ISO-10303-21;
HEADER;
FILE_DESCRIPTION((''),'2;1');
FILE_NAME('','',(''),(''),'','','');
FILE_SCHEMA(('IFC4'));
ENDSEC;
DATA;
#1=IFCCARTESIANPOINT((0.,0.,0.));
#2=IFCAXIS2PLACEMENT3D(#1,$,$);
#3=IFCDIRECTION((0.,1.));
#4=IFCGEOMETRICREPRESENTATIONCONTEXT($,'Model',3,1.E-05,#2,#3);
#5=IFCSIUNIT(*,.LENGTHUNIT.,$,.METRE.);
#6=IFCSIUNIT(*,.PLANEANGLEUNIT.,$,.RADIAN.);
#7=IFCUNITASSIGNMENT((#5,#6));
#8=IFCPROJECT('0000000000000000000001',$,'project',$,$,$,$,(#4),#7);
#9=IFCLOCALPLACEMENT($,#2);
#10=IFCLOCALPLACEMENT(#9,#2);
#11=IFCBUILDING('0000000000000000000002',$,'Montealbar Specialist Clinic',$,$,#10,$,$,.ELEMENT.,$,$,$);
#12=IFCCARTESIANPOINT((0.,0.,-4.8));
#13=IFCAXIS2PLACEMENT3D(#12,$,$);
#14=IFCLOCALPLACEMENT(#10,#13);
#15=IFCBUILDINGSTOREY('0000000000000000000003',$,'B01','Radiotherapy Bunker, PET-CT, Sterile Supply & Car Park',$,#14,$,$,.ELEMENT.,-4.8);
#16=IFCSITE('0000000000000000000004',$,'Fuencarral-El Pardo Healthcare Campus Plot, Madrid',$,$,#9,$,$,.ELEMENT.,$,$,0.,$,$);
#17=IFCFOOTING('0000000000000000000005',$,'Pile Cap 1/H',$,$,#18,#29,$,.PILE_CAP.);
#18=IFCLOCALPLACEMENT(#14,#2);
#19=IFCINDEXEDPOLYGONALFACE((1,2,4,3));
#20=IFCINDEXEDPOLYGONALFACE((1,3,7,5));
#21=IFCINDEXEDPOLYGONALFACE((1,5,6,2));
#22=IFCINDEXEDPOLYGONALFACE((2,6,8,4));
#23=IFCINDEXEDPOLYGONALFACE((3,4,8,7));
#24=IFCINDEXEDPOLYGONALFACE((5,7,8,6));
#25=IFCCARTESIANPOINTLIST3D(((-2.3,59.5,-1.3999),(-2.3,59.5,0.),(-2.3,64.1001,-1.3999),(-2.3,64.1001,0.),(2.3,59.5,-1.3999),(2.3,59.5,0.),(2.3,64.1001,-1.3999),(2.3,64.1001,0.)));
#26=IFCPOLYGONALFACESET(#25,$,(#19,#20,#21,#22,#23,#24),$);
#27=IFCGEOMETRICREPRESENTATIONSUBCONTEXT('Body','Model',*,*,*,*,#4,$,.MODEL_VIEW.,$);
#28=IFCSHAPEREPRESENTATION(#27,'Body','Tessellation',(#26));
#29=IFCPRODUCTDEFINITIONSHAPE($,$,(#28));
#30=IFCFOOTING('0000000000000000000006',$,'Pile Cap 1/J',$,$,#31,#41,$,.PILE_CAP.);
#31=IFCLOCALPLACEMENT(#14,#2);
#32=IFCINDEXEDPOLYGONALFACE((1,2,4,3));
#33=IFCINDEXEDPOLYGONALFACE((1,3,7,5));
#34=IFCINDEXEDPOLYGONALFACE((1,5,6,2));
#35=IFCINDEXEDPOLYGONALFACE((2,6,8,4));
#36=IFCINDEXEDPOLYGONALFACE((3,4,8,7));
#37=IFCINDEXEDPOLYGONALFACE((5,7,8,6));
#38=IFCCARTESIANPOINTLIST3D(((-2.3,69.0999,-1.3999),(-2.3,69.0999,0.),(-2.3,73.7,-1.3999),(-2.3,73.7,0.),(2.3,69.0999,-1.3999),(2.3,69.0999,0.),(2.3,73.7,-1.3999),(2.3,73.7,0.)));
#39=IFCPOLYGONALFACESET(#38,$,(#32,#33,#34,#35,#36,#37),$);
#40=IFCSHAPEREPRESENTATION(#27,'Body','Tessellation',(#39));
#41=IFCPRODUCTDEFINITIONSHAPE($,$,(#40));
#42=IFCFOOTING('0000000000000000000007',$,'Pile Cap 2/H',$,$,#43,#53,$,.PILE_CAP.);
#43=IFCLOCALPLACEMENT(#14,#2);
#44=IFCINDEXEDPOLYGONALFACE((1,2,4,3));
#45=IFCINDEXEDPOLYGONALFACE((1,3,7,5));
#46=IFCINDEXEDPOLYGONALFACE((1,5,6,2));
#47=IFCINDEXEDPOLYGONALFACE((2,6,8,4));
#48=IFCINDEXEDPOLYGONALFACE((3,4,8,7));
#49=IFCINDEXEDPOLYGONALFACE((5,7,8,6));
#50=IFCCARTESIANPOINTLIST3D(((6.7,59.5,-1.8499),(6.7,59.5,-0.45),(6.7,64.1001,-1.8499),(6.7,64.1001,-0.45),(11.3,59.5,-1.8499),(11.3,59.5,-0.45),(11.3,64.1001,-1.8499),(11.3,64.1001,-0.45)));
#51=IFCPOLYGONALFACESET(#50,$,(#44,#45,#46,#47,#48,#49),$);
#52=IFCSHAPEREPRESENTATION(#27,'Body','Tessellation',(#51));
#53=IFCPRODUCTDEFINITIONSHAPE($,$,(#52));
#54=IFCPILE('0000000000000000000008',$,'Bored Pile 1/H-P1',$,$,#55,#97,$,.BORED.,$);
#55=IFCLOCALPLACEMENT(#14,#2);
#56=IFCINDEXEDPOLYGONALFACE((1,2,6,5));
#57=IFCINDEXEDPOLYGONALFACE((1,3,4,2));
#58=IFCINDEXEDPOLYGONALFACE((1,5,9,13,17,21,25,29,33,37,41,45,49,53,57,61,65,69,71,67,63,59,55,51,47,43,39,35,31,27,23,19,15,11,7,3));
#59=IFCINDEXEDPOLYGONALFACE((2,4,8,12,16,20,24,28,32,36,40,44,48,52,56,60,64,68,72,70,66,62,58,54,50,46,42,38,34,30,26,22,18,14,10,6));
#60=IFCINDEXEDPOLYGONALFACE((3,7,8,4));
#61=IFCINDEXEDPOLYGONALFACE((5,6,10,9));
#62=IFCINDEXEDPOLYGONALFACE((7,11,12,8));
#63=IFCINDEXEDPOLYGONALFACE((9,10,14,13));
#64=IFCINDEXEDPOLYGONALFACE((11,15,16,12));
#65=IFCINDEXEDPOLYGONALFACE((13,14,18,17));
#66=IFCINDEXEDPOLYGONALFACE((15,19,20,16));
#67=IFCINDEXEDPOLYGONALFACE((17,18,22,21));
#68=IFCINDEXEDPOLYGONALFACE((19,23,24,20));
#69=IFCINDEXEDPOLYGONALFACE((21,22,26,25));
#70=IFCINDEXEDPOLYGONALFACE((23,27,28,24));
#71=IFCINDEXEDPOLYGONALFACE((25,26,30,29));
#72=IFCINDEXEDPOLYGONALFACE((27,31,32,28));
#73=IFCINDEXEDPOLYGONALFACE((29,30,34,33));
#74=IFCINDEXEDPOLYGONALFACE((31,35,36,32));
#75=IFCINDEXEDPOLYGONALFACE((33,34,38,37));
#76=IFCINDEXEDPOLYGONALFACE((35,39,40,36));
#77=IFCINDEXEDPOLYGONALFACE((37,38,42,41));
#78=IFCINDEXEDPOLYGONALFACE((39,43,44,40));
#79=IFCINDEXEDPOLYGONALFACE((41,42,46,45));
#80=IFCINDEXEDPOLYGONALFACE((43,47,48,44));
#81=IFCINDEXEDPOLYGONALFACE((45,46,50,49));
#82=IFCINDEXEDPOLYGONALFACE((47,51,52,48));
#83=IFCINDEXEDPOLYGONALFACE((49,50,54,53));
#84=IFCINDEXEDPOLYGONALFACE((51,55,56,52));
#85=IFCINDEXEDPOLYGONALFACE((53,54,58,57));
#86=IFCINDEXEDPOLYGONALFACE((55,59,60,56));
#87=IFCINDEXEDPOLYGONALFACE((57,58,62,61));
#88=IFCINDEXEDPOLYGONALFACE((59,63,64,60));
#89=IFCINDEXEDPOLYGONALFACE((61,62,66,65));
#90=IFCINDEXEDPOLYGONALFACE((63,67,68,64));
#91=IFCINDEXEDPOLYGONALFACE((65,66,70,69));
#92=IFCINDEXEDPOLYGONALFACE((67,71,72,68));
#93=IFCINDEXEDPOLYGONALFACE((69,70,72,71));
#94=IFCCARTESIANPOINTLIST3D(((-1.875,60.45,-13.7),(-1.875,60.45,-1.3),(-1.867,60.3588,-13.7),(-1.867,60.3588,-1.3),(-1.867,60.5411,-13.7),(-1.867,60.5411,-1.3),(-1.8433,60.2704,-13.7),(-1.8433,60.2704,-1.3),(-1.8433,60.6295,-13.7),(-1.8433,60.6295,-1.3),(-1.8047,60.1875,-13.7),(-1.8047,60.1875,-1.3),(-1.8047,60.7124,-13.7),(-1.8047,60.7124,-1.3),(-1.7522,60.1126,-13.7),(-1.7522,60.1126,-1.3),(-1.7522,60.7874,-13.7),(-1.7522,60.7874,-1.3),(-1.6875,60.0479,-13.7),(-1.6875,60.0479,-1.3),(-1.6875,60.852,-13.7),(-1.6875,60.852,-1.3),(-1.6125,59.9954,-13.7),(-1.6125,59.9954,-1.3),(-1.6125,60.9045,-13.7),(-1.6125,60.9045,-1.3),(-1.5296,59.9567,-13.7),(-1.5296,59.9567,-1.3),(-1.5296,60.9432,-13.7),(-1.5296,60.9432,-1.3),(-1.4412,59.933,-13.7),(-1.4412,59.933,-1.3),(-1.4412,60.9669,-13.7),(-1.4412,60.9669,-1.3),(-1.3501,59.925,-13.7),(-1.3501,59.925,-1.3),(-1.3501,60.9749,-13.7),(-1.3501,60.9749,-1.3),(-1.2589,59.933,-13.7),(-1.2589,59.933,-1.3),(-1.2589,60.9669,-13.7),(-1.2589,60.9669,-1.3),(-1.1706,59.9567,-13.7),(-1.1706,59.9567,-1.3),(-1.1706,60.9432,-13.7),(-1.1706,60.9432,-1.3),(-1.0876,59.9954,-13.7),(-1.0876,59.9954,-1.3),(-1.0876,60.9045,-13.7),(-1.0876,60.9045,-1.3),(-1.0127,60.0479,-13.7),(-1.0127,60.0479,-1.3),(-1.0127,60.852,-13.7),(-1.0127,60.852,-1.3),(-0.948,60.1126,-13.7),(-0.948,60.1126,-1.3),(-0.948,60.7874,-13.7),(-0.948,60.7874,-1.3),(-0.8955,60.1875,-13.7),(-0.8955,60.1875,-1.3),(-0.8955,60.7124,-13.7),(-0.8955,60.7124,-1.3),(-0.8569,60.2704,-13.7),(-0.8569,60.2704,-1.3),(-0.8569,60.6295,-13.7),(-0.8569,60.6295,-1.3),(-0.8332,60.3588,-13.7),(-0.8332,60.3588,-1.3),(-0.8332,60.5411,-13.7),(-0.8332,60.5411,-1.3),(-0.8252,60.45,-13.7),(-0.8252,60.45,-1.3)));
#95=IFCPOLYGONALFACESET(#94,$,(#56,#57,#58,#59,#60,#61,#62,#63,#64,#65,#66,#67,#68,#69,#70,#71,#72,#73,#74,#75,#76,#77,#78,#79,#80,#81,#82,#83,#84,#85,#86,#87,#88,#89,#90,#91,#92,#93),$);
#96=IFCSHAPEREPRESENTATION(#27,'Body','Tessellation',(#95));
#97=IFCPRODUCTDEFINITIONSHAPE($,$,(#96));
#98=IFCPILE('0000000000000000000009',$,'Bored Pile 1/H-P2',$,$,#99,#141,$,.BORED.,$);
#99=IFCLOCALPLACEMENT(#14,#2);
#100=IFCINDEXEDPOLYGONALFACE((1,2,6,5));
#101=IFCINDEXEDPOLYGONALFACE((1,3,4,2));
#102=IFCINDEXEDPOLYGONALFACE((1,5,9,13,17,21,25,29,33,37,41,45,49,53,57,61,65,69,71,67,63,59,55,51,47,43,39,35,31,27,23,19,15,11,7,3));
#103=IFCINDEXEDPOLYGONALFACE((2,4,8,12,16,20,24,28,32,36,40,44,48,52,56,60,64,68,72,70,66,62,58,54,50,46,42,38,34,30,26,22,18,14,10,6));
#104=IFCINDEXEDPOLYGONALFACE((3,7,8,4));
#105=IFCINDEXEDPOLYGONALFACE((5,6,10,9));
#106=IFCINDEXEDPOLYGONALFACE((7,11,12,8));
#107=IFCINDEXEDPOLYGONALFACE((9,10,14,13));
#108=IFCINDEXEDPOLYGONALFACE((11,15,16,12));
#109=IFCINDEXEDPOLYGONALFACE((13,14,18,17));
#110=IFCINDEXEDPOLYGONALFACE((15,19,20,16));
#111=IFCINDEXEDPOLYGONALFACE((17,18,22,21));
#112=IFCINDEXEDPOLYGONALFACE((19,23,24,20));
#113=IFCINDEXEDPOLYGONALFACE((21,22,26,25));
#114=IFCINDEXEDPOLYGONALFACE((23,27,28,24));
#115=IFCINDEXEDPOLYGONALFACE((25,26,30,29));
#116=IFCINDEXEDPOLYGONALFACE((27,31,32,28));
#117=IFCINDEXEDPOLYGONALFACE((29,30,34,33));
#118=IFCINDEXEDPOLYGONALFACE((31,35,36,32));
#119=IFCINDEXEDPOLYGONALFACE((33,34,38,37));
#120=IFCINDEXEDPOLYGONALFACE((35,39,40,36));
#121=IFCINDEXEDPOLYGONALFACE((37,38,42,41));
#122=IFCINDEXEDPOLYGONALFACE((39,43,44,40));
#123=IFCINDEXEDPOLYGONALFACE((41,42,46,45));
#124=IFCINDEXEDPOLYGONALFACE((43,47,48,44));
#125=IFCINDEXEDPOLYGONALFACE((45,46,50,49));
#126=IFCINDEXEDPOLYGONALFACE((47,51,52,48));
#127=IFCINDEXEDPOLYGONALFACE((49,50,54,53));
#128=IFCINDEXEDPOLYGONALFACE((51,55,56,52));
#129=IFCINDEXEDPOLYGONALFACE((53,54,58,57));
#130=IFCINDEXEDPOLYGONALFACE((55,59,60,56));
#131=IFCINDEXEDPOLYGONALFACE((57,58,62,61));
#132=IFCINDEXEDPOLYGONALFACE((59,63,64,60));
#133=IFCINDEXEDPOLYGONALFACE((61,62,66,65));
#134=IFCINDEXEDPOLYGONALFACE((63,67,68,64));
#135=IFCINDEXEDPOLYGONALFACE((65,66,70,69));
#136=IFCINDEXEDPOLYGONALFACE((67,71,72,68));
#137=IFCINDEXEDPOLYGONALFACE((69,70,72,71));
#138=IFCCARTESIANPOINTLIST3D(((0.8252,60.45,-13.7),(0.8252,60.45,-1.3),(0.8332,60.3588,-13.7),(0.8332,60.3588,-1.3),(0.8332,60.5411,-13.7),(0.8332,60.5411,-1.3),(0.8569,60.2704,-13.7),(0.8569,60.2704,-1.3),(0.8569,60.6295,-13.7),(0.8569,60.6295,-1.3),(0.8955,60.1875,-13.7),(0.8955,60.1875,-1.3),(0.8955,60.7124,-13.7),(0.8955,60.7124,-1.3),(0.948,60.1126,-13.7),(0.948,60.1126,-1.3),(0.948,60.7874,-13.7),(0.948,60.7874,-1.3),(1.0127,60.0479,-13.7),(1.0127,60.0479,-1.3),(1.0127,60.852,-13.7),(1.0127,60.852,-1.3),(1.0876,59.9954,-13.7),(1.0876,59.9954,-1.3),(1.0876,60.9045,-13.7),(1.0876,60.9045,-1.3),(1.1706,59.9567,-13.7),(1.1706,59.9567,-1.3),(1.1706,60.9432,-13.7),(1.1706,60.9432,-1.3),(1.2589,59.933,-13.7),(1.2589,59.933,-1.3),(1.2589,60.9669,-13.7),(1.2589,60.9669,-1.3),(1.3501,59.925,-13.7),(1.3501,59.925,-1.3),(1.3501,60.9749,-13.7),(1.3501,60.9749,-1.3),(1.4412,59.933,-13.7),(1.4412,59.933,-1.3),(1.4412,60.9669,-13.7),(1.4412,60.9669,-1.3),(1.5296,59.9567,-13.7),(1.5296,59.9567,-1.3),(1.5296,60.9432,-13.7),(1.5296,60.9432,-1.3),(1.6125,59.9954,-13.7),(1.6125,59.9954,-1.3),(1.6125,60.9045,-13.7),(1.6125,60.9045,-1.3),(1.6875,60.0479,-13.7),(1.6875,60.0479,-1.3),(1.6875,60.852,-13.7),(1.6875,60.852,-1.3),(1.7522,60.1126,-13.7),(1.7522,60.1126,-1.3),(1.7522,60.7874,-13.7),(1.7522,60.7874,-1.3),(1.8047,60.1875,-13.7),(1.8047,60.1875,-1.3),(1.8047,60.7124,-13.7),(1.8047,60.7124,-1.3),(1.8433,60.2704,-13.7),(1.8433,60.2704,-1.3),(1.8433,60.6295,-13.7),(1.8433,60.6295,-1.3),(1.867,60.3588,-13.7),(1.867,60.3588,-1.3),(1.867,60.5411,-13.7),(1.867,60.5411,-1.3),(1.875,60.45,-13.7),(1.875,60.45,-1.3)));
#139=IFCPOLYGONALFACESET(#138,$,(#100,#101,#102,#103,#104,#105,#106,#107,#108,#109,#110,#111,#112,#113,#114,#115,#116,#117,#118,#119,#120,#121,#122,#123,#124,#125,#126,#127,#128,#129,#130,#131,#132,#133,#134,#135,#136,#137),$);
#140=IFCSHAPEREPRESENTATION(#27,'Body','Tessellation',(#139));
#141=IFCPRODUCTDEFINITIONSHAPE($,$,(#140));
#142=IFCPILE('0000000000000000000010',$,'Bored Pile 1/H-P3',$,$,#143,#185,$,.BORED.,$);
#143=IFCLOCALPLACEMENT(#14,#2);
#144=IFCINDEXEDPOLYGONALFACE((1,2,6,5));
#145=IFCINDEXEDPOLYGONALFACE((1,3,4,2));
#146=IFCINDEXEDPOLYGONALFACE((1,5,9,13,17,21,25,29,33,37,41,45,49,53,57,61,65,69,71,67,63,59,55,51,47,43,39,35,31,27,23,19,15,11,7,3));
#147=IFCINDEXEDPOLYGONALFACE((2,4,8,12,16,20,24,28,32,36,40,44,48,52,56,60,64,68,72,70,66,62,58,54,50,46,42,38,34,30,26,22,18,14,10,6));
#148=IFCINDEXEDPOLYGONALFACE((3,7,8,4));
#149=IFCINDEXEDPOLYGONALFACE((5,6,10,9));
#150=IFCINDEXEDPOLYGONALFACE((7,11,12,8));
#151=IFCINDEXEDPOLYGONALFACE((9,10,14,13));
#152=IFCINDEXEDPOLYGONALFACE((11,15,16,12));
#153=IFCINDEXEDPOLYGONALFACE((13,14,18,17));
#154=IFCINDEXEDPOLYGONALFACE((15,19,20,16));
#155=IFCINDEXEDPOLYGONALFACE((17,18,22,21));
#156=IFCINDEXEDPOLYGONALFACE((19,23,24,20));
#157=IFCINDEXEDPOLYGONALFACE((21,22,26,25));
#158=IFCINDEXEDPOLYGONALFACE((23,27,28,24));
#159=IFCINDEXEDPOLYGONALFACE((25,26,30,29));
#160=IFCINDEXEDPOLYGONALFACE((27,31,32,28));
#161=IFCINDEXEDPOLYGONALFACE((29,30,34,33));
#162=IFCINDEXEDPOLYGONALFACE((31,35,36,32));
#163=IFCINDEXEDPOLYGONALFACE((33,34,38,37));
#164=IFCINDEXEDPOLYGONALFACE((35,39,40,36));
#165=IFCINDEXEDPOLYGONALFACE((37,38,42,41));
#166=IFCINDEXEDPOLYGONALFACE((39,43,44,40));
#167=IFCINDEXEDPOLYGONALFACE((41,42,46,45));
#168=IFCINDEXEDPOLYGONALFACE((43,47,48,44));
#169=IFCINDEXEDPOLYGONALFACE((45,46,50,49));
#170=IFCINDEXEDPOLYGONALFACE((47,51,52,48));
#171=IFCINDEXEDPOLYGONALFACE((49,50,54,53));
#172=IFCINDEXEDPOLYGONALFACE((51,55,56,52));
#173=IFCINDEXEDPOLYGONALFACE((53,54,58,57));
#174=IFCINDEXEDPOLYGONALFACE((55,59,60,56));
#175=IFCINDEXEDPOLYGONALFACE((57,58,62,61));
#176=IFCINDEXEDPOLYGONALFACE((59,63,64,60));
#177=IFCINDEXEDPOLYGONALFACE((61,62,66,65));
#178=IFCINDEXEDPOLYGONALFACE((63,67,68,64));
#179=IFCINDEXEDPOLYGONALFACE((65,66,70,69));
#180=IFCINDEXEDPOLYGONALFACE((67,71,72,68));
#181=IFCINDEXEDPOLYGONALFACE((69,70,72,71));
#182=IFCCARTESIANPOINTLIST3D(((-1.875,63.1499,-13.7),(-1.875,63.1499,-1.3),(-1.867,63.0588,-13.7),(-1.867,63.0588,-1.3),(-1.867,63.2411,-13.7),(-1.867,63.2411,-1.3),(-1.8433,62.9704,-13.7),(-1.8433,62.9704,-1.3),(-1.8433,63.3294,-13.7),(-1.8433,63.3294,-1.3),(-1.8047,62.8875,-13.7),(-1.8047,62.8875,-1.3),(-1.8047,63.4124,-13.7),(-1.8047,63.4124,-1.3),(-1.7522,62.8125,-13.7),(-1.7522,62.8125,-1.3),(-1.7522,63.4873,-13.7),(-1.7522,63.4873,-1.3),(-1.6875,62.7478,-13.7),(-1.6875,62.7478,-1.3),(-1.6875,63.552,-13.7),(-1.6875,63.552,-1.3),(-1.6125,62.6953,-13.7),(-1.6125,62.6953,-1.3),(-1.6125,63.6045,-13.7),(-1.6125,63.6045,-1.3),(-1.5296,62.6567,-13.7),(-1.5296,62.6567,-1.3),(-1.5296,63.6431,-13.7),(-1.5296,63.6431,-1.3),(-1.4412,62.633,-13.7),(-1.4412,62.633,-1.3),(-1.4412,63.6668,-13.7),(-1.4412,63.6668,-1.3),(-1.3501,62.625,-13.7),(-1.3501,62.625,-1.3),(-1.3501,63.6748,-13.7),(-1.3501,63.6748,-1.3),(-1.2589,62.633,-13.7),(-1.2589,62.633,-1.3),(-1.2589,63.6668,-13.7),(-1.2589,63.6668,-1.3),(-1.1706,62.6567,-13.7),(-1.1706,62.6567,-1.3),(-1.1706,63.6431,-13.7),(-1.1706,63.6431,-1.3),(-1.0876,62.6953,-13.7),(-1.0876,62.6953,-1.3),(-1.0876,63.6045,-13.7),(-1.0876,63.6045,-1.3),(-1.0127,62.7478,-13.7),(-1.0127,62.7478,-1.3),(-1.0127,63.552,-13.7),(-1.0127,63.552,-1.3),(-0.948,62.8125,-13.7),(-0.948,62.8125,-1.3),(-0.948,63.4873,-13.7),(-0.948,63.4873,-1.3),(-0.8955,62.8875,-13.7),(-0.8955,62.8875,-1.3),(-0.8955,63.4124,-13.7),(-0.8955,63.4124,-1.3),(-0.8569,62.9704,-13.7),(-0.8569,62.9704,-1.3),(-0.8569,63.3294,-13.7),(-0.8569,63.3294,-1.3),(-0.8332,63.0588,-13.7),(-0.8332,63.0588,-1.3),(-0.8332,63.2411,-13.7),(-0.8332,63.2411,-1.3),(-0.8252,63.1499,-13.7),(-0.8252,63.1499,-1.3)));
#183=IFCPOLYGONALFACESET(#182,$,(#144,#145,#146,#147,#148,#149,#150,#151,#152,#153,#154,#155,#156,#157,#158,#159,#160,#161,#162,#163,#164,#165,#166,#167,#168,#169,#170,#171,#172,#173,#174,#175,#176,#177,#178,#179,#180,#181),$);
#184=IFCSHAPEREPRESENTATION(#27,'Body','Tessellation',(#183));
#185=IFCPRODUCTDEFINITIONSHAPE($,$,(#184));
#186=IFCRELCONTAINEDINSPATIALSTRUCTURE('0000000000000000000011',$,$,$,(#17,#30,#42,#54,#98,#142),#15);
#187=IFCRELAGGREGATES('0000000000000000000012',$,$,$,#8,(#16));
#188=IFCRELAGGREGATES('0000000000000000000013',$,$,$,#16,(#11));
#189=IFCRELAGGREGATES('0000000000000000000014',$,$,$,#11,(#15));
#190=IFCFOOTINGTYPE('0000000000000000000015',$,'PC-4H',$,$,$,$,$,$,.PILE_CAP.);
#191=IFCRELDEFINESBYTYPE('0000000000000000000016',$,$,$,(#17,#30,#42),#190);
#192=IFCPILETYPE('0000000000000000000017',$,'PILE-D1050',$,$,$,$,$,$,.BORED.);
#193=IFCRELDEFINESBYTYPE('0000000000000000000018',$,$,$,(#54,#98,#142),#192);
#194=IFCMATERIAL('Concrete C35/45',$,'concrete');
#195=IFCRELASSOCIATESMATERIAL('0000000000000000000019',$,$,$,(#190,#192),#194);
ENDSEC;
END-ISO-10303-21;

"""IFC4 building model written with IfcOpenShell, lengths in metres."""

from ifc_helpers import new_model, si_unit, direction, frame, origin, origin_2d, place, context, subcontext, project, spatial, rectangle, circle, extrude, material, material_profile, profile_set, type_object, element, save


model = new_model("IFC4")

# Units and contexts
model_context = context("Model", 3, precision=1e-05, world=origin(), true_north=direction((0.0, 1.0)))
body_context = subcontext(model_context, "Body", "Model", "MODEL_VIEW")
ifc_project = project(units=[si_unit("LENGTHUNIT", "METRE"), si_unit("PLANEANGLEUNIT", "RADIAN")], contexts=[model_context])

# Site, building, storey
site_placement = place(None, origin())
site = spatial("IfcSite", under=ifc_project, at=site_placement, Name="Fuencarral-El Pardo Healthcare Campus Plot, Madrid", CompositionType="ELEMENT", RefElevation=0.0)
building_placement = place(site_placement, origin())
building = spatial("IfcBuilding", under=site, at=building_placement, Name="Montealbar Specialist Clinic", CompositionType="ELEMENT")
storey_placement = place(building_placement, frame((0.0, 0.0, -4.8)))
storey = spatial("IfcBuildingStorey", under=building, at=storey_placement, Name="B01", Description="Radiotherapy Bunker, PET-CT, Sterile Supply & Car Park", CompositionType="ELEMENT", Elevation=-4.8)

# Footings
ifc_material_1 = material(Name="Concrete C35/45", Category="concrete")
footing_type = type_object("IfcFootingType", Name="PC-4H", PredefinedType="PILE_CAP", material=ifc_material_1)
for number, where, z_axis, x_axis, name in (
    (1, (0.0, 61.8, -1.3999), (0.0, 0.0, 1.0), (1.0, 0.0, 0.0), "Pile Cap 1/H"),
    (2, (0.0, 71.3999, -1.3999), (0.0, 0.0, 1.0), (1.0, 0.0, 0.0), "Pile Cap 1/J"),
    (3, (9.0, 61.8, -1.8499), (0.0, 0.0, 1.0), (1.0, 0.0, 0.0), "Pile Cap 2/H"),
):
    element("IfcFooting", number, at=place(storey_placement, frame(where, z_axis=z_axis, x_axis=x_axis)), inside=storey, type_object=footing_type, Name=name, PredefinedType="PILE_CAP", context=body_context, shape_type="SweptSolid", body=[
        extrude(rectangle(XDim=4.6001, YDim=4.6001, at=origin_2d()), origin(), (0.0, 0.0, 1.0), 1.3999),
    ])

# Piles
ifc_material_profile_1 = material_profile(ifc_material_1, circle(Radius=0.5249, at=origin_2d()), Name="PILE D1050", Category="concrete")
ifc_profile_set_1 = profile_set([ifc_material_profile_1], Name="Concrete C35/45")
pile_type = type_object("IfcPileType", Name="PILE-D1050", PredefinedType="BORED", material=ifc_profile_set_1)
for number, where, z_axis, x_axis, name in (
    (4, (-1.3501, 60.45, -1.3), (0.0, 0.0, -1.0), (1.0, 0.0, 0.0), "Bored Pile 1/H-P1"),
    (5, (1.3501, 60.45, -1.3), (0.0, 0.0, -1.0), (1.0, 0.0, 0.0), "Bored Pile 1/H-P2"),
    (6, (-1.3501, 63.1499, -1.3), (0.0, 0.0, -1.0), (1.0, 0.0, 0.0), "Bored Pile 1/H-P3"),
):
    element("IfcPile", number, at=place(storey_placement, frame(where, z_axis=z_axis, x_axis=x_axis)), inside=storey, type_object=pile_type, Name=name, PredefinedType="BORED", context=body_context, shape_type="SweptSolid", body=[
        extrude(circle(Radius=0.5249, at=origin_2d()), origin(), (0.0, 0.0, 1.0), 12.3999),
    ])

save(model, "model.ifc")
